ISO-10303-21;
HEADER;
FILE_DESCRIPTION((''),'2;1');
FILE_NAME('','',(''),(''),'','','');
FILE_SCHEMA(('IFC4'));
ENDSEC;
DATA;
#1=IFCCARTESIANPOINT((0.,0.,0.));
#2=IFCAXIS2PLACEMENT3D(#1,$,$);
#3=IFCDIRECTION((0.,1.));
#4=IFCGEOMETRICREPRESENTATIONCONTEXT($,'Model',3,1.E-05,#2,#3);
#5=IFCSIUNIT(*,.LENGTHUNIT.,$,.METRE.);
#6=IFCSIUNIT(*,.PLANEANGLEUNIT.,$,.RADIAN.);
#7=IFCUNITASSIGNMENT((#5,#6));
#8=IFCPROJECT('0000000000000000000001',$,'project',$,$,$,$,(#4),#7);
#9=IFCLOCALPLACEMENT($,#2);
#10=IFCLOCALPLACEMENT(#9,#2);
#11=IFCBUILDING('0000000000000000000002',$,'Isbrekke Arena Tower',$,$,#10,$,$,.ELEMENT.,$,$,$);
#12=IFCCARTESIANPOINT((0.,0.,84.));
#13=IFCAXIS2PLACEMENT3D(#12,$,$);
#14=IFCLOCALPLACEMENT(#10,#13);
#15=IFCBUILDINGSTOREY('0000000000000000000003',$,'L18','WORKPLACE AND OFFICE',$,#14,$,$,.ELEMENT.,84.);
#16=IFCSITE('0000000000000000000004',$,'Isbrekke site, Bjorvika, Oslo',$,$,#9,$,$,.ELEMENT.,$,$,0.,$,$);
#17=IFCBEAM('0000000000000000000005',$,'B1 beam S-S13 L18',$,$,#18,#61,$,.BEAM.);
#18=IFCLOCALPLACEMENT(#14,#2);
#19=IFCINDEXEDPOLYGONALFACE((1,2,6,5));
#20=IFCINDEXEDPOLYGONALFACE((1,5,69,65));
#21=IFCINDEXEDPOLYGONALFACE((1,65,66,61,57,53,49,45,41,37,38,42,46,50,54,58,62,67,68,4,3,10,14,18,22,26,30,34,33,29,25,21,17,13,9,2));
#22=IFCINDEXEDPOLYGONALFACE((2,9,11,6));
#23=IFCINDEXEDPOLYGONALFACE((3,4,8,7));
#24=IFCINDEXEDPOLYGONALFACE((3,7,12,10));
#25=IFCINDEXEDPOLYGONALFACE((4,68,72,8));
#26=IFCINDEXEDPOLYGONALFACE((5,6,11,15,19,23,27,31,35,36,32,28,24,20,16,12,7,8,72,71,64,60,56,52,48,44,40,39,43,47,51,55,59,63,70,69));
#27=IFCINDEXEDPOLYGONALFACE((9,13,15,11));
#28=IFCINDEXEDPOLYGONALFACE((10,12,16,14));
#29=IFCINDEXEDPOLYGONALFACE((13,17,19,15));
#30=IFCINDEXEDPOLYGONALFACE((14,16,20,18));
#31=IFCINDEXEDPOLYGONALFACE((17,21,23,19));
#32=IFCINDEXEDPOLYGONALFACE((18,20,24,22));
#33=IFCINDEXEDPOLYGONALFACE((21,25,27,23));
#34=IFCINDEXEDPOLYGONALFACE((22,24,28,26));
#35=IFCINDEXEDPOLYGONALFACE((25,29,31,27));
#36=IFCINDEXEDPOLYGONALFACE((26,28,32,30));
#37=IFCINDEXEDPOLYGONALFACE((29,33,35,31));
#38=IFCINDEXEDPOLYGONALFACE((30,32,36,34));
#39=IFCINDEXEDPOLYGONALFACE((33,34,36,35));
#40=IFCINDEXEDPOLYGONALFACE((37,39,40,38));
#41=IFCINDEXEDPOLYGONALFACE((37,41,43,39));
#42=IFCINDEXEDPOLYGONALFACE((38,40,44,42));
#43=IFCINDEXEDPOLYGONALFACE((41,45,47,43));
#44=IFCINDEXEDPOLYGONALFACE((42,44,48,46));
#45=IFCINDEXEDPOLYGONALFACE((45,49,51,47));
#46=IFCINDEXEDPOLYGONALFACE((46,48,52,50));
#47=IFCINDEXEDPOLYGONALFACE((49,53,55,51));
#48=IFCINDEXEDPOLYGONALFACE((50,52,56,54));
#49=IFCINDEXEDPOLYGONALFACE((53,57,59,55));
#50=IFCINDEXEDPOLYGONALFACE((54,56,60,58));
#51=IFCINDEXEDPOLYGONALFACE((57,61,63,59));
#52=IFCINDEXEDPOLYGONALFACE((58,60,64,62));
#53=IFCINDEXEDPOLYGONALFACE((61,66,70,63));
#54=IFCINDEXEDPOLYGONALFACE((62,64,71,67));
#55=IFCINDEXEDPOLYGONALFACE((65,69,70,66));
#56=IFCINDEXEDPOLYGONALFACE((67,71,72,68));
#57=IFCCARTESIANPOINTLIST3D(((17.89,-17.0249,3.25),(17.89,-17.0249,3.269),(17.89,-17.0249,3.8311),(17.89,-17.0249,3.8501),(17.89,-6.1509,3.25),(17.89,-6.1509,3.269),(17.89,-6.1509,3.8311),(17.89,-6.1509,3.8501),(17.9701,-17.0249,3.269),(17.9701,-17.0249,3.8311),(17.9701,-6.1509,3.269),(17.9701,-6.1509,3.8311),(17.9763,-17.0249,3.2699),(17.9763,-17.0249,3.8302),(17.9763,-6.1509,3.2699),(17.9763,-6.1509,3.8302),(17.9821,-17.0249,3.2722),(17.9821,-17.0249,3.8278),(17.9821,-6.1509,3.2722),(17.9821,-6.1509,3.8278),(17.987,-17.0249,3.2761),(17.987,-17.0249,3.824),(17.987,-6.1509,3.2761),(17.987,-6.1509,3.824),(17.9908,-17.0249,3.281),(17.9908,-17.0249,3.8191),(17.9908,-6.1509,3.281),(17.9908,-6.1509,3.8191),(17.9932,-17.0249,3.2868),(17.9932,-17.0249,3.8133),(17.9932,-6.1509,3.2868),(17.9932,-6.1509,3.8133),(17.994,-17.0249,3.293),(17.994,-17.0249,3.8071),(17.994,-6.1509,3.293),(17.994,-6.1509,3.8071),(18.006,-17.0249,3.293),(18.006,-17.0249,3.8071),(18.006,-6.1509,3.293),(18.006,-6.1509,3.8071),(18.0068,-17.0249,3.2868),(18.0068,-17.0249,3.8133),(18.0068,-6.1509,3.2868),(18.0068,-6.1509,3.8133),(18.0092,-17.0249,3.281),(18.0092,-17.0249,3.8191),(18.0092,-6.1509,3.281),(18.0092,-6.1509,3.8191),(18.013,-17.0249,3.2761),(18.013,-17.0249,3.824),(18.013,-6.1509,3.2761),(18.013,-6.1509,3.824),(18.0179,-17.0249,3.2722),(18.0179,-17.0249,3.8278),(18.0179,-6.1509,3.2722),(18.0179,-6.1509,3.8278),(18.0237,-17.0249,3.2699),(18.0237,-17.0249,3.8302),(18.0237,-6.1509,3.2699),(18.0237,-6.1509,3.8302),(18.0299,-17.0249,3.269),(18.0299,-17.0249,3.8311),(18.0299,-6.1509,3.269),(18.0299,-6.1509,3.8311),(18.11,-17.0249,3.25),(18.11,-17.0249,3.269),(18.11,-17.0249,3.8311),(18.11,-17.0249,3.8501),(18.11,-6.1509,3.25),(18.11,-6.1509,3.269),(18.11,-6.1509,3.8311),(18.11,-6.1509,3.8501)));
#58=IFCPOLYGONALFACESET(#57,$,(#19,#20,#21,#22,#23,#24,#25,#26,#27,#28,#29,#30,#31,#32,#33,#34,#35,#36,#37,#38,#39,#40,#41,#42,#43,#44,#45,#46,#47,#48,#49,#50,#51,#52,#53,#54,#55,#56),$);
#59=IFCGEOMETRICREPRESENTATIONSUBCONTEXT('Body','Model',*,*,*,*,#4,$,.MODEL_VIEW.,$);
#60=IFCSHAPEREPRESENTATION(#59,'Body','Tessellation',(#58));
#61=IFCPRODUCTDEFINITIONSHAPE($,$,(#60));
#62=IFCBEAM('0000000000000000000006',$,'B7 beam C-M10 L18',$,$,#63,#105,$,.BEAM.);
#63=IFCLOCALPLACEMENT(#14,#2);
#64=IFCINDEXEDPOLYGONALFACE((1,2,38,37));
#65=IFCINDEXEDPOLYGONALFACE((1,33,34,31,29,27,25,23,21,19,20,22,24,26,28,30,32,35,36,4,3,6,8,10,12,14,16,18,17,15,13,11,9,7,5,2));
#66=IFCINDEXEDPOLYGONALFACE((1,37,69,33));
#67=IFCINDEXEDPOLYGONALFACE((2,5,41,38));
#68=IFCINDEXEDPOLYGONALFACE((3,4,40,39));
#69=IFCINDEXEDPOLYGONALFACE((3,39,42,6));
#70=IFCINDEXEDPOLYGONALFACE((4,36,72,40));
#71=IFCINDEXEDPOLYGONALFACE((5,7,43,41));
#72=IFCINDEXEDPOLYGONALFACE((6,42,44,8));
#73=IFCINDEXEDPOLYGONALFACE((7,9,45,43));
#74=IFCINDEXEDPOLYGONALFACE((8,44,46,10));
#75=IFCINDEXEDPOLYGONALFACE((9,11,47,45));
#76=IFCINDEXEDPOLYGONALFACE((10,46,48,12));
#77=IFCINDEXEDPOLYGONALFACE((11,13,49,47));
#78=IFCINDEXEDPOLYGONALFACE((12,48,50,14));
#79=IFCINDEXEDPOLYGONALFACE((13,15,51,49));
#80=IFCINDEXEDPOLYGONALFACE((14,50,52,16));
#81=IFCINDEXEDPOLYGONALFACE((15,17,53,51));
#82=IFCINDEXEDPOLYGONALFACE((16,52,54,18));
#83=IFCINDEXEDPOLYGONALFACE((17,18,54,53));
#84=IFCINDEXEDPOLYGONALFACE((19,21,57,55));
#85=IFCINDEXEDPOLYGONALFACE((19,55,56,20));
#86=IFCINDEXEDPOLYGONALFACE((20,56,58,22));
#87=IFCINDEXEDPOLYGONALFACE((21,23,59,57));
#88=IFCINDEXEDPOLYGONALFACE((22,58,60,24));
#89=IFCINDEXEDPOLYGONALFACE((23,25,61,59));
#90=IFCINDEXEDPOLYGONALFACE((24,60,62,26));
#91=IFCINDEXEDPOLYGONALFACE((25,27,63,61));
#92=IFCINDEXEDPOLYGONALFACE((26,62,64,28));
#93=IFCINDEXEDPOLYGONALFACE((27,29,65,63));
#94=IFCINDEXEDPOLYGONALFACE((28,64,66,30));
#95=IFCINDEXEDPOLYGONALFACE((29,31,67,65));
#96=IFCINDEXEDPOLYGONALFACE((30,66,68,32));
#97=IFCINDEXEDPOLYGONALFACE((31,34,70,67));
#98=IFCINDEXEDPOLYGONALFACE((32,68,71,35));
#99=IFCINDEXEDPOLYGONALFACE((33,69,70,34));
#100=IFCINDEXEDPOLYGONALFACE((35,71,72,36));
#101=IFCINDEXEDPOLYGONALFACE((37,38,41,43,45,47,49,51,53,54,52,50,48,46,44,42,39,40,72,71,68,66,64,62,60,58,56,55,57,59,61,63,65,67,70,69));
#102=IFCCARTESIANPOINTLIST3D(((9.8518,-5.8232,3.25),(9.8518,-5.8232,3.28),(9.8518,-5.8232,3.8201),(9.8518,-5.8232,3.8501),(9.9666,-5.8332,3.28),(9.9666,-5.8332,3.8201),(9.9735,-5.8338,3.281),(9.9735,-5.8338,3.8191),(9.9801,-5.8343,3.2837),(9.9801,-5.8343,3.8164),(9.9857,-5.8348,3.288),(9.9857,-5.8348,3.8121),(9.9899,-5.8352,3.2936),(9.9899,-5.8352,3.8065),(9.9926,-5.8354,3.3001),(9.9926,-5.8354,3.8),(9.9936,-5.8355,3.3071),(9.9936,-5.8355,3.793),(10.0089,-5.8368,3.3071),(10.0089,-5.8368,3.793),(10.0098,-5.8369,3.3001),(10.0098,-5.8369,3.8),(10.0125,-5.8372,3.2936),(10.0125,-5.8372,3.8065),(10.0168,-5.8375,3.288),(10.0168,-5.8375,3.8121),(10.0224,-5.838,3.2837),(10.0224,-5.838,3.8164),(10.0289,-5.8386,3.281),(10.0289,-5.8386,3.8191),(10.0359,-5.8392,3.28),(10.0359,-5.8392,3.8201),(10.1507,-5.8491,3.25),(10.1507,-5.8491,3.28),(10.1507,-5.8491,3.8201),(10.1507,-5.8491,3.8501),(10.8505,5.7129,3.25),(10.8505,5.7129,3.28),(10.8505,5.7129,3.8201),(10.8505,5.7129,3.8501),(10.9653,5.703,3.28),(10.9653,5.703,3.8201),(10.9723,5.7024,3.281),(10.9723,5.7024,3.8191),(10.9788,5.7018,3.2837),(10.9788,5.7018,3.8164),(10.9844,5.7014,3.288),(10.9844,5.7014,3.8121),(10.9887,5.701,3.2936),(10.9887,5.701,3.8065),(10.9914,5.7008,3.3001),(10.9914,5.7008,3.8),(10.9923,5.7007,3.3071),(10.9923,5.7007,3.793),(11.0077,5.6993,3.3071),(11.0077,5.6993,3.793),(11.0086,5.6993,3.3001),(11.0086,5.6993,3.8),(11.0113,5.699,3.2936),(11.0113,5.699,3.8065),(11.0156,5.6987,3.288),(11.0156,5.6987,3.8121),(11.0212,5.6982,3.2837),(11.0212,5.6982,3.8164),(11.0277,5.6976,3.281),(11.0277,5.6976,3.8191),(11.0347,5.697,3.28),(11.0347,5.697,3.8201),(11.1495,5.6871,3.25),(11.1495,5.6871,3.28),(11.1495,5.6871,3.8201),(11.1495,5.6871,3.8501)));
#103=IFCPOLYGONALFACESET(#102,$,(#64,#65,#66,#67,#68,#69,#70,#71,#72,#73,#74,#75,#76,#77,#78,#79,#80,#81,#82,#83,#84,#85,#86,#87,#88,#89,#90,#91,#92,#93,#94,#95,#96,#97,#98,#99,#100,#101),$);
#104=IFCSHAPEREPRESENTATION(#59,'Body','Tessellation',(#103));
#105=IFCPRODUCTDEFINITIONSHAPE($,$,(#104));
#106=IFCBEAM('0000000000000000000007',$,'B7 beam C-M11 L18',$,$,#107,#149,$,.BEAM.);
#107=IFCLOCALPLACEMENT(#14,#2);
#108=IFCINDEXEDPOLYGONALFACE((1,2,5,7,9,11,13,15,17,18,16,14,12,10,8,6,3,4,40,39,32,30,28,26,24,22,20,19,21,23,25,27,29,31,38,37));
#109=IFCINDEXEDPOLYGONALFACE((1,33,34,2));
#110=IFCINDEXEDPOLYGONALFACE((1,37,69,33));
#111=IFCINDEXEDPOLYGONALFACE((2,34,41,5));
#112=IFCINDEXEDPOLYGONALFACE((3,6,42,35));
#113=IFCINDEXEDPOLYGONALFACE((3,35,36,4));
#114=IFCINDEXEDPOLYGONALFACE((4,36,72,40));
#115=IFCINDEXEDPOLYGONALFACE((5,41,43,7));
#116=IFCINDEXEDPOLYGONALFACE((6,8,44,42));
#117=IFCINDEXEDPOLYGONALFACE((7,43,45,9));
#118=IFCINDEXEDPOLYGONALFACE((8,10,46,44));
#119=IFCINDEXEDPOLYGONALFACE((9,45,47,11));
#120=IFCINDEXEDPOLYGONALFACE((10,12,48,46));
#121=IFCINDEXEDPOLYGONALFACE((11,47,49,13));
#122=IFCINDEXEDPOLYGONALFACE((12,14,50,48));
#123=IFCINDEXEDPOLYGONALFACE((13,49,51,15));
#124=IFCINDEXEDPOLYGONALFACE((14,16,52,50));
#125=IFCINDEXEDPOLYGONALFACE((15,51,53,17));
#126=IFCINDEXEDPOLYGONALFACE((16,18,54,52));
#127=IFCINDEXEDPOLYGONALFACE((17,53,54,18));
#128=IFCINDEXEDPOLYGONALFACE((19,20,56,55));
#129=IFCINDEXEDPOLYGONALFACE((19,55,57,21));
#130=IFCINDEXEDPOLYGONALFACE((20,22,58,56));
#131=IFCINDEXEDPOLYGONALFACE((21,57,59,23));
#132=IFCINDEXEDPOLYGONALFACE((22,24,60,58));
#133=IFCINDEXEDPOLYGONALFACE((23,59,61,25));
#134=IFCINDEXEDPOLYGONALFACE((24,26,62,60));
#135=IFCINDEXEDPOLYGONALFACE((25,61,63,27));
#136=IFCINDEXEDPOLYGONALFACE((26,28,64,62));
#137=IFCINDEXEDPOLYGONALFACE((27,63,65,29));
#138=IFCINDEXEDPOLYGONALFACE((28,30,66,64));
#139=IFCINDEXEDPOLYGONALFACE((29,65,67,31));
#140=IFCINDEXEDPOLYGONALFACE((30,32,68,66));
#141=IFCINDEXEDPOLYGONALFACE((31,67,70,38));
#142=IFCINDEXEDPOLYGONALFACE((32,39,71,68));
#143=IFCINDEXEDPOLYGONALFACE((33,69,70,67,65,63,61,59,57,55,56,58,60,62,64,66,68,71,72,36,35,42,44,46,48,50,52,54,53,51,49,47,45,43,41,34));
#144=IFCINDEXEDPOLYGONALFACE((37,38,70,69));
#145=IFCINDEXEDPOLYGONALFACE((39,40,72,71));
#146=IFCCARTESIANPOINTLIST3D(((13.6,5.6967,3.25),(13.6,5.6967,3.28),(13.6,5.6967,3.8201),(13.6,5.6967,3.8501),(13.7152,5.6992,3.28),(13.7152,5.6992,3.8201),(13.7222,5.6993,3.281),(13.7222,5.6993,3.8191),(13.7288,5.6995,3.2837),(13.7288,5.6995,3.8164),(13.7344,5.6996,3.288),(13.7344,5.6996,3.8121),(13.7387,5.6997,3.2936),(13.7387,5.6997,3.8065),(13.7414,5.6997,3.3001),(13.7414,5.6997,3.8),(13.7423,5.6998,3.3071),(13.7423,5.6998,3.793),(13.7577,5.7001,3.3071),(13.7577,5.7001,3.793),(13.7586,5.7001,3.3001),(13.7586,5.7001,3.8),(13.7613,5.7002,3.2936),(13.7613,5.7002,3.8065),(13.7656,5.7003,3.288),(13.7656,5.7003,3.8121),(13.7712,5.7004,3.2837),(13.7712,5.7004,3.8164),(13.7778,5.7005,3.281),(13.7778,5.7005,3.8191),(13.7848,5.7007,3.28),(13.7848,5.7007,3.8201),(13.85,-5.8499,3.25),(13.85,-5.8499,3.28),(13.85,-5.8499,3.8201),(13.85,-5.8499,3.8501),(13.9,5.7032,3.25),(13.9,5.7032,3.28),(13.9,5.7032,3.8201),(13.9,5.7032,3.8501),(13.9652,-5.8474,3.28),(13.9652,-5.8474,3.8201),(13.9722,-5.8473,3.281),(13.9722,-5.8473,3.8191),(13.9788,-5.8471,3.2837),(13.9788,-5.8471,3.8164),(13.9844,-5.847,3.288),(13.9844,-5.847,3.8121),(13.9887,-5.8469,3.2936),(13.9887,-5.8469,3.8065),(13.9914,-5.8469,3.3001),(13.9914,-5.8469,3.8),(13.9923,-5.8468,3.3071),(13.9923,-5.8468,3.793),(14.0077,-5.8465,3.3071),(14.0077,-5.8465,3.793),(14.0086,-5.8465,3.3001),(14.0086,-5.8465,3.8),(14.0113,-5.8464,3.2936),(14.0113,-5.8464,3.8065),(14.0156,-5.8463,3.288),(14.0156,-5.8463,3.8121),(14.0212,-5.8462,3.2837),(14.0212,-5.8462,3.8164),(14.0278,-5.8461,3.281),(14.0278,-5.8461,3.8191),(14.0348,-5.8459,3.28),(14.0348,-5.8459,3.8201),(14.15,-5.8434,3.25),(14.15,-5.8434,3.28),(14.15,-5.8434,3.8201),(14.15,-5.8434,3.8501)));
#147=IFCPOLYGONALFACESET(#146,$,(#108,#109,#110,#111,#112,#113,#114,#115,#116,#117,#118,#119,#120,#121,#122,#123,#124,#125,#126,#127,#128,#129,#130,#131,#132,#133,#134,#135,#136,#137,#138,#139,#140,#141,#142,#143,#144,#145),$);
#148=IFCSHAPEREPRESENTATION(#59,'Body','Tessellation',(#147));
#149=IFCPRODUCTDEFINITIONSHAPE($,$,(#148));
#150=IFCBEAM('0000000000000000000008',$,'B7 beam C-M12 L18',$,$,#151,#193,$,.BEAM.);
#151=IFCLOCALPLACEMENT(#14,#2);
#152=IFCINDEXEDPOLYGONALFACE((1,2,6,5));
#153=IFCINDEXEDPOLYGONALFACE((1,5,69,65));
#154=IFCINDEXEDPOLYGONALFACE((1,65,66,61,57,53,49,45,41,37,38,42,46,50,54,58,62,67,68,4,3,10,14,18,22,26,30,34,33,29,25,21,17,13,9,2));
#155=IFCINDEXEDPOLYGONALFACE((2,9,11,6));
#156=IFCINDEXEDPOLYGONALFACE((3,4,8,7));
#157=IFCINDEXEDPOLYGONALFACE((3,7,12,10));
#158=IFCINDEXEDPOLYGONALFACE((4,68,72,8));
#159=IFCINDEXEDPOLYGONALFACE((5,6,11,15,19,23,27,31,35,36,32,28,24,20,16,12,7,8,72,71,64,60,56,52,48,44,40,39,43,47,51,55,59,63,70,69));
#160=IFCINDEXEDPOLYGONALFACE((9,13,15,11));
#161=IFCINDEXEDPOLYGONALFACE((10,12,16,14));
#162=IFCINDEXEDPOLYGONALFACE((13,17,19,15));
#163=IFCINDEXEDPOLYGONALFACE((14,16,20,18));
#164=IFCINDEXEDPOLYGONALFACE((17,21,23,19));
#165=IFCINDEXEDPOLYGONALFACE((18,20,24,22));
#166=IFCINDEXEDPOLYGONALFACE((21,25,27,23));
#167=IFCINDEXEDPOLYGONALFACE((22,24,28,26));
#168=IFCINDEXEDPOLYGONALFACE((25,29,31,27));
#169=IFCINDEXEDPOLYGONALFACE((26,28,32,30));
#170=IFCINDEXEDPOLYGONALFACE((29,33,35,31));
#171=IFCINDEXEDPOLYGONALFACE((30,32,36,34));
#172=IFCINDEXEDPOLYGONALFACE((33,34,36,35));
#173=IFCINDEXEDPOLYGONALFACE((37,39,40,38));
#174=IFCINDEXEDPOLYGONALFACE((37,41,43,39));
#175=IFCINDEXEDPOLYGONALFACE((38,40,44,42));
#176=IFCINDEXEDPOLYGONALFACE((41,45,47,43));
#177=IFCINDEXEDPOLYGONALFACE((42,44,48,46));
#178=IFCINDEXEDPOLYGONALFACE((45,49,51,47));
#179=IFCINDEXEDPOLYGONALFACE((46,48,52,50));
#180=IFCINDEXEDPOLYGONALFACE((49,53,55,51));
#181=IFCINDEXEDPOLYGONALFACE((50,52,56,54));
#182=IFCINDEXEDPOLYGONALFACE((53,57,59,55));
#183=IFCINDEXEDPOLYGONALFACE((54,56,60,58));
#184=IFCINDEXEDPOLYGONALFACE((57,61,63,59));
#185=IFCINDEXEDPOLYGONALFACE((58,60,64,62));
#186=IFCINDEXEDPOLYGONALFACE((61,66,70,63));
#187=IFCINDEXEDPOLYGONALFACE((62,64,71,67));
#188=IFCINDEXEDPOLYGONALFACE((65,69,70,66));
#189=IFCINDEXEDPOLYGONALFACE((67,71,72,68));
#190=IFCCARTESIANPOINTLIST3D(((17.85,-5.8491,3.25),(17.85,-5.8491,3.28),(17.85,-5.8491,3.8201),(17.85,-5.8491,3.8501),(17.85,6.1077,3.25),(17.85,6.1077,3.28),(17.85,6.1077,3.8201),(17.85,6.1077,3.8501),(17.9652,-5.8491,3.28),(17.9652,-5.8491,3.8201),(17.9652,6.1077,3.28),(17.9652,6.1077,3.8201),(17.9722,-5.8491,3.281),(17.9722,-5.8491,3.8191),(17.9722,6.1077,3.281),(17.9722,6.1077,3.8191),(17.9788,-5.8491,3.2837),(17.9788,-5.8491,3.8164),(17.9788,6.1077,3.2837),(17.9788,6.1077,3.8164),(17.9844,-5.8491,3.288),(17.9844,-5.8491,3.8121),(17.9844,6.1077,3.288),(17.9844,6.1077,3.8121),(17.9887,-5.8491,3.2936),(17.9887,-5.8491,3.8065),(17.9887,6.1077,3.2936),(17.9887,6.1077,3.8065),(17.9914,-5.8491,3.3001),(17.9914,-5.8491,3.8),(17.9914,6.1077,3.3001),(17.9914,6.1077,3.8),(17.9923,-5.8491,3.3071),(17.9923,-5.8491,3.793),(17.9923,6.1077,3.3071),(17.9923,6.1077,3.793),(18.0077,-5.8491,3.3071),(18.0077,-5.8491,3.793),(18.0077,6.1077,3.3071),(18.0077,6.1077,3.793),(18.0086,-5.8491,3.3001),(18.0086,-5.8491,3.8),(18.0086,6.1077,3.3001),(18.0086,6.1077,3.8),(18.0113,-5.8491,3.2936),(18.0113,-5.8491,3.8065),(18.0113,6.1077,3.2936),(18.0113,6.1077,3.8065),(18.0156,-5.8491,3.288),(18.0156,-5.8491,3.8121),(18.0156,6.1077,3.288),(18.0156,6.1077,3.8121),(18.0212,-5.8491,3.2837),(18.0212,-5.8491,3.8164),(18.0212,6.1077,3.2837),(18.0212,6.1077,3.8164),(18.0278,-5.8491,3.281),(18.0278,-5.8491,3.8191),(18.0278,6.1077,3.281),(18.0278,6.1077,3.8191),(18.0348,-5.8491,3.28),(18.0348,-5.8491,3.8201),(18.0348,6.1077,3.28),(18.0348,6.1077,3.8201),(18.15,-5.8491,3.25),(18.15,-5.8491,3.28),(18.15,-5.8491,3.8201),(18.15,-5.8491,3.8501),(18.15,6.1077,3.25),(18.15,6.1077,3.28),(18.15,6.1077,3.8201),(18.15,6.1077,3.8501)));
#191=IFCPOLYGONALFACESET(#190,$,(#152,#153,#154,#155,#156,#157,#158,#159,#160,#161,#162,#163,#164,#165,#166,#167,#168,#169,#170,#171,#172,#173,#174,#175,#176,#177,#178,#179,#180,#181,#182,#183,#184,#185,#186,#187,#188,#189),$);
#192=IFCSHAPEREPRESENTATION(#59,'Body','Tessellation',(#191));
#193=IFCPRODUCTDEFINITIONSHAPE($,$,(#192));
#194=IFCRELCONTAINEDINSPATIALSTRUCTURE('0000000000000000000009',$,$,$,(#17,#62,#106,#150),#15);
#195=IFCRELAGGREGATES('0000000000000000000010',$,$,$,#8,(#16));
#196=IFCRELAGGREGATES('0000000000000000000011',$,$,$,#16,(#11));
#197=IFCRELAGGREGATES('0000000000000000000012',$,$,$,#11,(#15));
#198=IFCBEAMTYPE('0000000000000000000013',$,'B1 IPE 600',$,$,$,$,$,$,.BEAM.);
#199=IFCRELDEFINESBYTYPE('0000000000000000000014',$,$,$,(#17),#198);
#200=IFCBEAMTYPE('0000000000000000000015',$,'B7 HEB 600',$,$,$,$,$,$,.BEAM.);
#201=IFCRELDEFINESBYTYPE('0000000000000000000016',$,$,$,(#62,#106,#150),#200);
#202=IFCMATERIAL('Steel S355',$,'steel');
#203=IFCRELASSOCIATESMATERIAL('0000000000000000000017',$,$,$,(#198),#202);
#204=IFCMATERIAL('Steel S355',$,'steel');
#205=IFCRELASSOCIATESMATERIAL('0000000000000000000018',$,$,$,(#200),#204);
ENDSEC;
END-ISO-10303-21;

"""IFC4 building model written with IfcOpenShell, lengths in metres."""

from ifc_helpers import new_model, si_unit, direction, frame, origin, origin_2d, place, context, subcontext, project, spatial, i_section, extrude, material, material_profile, profile_set, type_object, element, save


model = new_model("IFC4")

# Units and contexts
model_context = context("Model", 3, precision=1e-05, world=origin(), true_north=direction((0.0, 1.0)))
body_context = subcontext(model_context, "Body", "Model", "MODEL_VIEW")
ifc_project = project(units=[si_unit("LENGTHUNIT", "METRE"), si_unit("PLANEANGLEUNIT", "RADIAN")], contexts=[model_context])

# Site, building, storey
site_placement = place(None, origin())
site = spatial("IfcSite", under=ifc_project, at=site_placement, Name="Isbrekke site, Bjorvika, Oslo", CompositionType="ELEMENT", RefElevation=0.0)
building_placement = place(site_placement, origin())
building = spatial("IfcBuilding", under=site, at=building_placement, Name="Isbrekke Arena Tower", CompositionType="ELEMENT")
storey_placement = place(building_placement, frame((0.0, 0.0, 84.0)))
storey = spatial("IfcBuildingStorey", under=building, at=storey_placement, Name="L18", Description="WORKPLACE AND OFFICE", CompositionType="ELEMENT", Elevation=84.0)

# Beams
ifc_material_1 = material(Name="Steel S355", Category="steel")
ifc_material_profile_1 = material_profile(ifc_material_1, i_section(OverallWidth=0.22, OverallDepth=0.6001, WebThickness=0.012, FlangeThickness=0.019, FilletRadius=0.0239, at=origin_2d()), Name="IPE 600")
ifc_profile_set_1 = profile_set([ifc_material_profile_1], Name="Steel S355")
beam_type_1 = type_object("IfcBeamType", Name="B1 IPE 600", PredefinedType="BEAM", material=ifc_profile_set_1)
beam_1_placement = place(storey_placement, frame((18.0, -17.0249, 3.55), z_axis=(0.0, 1.0, 0.0), x_axis=(-1.0, 0.0, 0.0)))
element("IfcBeam", 1, at=beam_1_placement, inside=storey, type_object=beam_type_1, Name="B1 beam S-S13 L18", PredefinedType="BEAM", context=body_context, shape_type="SweptSolid", body=[
    extrude(i_section(OverallWidth=0.22, OverallDepth=0.6001, WebThickness=0.012, FlangeThickness=0.019, FilletRadius=0.0239, at=origin_2d()), origin(), (0.0, 0.0, 1.0), 10.874),
])
ifc_material_2 = material(Name="Steel S355", Category="steel")
ifc_material_profile_2 = material_profile(ifc_material_2, i_section(OverallWidth=0.3, OverallDepth=0.6001, WebThickness=0.0154, FlangeThickness=0.03, FilletRadius=0.0271, at=origin_2d()), Name="HEB 600")
ifc_profile_set_2 = profile_set([ifc_material_profile_2], Name="Steel S355")
beam_type_2 = type_object("IfcBeamType", Name="B7 HEB 600", PredefinedType="BEAM", material=ifc_profile_set_2)
beam_2_placement = place(storey_placement, frame((10.0012, -5.8362, 3.55), z_axis=(0.086256, 0.996273, 0.0), x_axis=(-0.996273, 0.086256, 0.0)))
element("IfcBeam", 2, at=beam_2_placement, inside=storey, type_object=beam_type_2, Name="B7 beam C-M10 L18", PredefinedType="BEAM", context=body_context, shape_type="SweptSolid", body=[
    extrude(i_section(OverallWidth=0.3, OverallDepth=0.6001, WebThickness=0.0154, FlangeThickness=0.03, FilletRadius=0.0271, at=origin_2d()), origin(), (0.0, 0.0, 1.0), 11.5793),
])
beam_3_placement = place(storey_placement, frame((14.0, -5.8467, 3.55), z_axis=(-0.021646, 0.999766, 0.0), x_axis=(-0.999766, -0.021646, 0.0)))
element("IfcBeam", 3, at=beam_3_placement, inside=storey, type_object=beam_type_2, Name="B7 beam C-M11 L18", PredefinedType="BEAM", context=body_context, shape_type="SweptSolid", body=[
    extrude(i_section(OverallWidth=0.3, OverallDepth=0.6001, WebThickness=0.0154, FlangeThickness=0.03, FilletRadius=0.0271, at=origin_2d()), origin(), (0.0, 0.0, 1.0), 11.5493),
])
beam_4_placement = place(storey_placement, frame((18.0, -5.8491, 3.55), z_axis=(0.0, 1.0, 0.0), x_axis=(-1.0, 0.0, 0.0)))
element("IfcBeam", 4, at=beam_4_placement, inside=storey, type_object=beam_type_2, Name="B7 beam C-M12 L18", PredefinedType="BEAM", context=body_context, shape_type="SweptSolid", body=[
    extrude(i_section(OverallWidth=0.3, OverallDepth=0.6001, WebThickness=0.0154, FlangeThickness=0.03, FilletRadius=0.0271, at=origin_2d()), origin(), (0.0, 0.0, 1.0), 11.9568),
])

save(model, "model.ifc")
